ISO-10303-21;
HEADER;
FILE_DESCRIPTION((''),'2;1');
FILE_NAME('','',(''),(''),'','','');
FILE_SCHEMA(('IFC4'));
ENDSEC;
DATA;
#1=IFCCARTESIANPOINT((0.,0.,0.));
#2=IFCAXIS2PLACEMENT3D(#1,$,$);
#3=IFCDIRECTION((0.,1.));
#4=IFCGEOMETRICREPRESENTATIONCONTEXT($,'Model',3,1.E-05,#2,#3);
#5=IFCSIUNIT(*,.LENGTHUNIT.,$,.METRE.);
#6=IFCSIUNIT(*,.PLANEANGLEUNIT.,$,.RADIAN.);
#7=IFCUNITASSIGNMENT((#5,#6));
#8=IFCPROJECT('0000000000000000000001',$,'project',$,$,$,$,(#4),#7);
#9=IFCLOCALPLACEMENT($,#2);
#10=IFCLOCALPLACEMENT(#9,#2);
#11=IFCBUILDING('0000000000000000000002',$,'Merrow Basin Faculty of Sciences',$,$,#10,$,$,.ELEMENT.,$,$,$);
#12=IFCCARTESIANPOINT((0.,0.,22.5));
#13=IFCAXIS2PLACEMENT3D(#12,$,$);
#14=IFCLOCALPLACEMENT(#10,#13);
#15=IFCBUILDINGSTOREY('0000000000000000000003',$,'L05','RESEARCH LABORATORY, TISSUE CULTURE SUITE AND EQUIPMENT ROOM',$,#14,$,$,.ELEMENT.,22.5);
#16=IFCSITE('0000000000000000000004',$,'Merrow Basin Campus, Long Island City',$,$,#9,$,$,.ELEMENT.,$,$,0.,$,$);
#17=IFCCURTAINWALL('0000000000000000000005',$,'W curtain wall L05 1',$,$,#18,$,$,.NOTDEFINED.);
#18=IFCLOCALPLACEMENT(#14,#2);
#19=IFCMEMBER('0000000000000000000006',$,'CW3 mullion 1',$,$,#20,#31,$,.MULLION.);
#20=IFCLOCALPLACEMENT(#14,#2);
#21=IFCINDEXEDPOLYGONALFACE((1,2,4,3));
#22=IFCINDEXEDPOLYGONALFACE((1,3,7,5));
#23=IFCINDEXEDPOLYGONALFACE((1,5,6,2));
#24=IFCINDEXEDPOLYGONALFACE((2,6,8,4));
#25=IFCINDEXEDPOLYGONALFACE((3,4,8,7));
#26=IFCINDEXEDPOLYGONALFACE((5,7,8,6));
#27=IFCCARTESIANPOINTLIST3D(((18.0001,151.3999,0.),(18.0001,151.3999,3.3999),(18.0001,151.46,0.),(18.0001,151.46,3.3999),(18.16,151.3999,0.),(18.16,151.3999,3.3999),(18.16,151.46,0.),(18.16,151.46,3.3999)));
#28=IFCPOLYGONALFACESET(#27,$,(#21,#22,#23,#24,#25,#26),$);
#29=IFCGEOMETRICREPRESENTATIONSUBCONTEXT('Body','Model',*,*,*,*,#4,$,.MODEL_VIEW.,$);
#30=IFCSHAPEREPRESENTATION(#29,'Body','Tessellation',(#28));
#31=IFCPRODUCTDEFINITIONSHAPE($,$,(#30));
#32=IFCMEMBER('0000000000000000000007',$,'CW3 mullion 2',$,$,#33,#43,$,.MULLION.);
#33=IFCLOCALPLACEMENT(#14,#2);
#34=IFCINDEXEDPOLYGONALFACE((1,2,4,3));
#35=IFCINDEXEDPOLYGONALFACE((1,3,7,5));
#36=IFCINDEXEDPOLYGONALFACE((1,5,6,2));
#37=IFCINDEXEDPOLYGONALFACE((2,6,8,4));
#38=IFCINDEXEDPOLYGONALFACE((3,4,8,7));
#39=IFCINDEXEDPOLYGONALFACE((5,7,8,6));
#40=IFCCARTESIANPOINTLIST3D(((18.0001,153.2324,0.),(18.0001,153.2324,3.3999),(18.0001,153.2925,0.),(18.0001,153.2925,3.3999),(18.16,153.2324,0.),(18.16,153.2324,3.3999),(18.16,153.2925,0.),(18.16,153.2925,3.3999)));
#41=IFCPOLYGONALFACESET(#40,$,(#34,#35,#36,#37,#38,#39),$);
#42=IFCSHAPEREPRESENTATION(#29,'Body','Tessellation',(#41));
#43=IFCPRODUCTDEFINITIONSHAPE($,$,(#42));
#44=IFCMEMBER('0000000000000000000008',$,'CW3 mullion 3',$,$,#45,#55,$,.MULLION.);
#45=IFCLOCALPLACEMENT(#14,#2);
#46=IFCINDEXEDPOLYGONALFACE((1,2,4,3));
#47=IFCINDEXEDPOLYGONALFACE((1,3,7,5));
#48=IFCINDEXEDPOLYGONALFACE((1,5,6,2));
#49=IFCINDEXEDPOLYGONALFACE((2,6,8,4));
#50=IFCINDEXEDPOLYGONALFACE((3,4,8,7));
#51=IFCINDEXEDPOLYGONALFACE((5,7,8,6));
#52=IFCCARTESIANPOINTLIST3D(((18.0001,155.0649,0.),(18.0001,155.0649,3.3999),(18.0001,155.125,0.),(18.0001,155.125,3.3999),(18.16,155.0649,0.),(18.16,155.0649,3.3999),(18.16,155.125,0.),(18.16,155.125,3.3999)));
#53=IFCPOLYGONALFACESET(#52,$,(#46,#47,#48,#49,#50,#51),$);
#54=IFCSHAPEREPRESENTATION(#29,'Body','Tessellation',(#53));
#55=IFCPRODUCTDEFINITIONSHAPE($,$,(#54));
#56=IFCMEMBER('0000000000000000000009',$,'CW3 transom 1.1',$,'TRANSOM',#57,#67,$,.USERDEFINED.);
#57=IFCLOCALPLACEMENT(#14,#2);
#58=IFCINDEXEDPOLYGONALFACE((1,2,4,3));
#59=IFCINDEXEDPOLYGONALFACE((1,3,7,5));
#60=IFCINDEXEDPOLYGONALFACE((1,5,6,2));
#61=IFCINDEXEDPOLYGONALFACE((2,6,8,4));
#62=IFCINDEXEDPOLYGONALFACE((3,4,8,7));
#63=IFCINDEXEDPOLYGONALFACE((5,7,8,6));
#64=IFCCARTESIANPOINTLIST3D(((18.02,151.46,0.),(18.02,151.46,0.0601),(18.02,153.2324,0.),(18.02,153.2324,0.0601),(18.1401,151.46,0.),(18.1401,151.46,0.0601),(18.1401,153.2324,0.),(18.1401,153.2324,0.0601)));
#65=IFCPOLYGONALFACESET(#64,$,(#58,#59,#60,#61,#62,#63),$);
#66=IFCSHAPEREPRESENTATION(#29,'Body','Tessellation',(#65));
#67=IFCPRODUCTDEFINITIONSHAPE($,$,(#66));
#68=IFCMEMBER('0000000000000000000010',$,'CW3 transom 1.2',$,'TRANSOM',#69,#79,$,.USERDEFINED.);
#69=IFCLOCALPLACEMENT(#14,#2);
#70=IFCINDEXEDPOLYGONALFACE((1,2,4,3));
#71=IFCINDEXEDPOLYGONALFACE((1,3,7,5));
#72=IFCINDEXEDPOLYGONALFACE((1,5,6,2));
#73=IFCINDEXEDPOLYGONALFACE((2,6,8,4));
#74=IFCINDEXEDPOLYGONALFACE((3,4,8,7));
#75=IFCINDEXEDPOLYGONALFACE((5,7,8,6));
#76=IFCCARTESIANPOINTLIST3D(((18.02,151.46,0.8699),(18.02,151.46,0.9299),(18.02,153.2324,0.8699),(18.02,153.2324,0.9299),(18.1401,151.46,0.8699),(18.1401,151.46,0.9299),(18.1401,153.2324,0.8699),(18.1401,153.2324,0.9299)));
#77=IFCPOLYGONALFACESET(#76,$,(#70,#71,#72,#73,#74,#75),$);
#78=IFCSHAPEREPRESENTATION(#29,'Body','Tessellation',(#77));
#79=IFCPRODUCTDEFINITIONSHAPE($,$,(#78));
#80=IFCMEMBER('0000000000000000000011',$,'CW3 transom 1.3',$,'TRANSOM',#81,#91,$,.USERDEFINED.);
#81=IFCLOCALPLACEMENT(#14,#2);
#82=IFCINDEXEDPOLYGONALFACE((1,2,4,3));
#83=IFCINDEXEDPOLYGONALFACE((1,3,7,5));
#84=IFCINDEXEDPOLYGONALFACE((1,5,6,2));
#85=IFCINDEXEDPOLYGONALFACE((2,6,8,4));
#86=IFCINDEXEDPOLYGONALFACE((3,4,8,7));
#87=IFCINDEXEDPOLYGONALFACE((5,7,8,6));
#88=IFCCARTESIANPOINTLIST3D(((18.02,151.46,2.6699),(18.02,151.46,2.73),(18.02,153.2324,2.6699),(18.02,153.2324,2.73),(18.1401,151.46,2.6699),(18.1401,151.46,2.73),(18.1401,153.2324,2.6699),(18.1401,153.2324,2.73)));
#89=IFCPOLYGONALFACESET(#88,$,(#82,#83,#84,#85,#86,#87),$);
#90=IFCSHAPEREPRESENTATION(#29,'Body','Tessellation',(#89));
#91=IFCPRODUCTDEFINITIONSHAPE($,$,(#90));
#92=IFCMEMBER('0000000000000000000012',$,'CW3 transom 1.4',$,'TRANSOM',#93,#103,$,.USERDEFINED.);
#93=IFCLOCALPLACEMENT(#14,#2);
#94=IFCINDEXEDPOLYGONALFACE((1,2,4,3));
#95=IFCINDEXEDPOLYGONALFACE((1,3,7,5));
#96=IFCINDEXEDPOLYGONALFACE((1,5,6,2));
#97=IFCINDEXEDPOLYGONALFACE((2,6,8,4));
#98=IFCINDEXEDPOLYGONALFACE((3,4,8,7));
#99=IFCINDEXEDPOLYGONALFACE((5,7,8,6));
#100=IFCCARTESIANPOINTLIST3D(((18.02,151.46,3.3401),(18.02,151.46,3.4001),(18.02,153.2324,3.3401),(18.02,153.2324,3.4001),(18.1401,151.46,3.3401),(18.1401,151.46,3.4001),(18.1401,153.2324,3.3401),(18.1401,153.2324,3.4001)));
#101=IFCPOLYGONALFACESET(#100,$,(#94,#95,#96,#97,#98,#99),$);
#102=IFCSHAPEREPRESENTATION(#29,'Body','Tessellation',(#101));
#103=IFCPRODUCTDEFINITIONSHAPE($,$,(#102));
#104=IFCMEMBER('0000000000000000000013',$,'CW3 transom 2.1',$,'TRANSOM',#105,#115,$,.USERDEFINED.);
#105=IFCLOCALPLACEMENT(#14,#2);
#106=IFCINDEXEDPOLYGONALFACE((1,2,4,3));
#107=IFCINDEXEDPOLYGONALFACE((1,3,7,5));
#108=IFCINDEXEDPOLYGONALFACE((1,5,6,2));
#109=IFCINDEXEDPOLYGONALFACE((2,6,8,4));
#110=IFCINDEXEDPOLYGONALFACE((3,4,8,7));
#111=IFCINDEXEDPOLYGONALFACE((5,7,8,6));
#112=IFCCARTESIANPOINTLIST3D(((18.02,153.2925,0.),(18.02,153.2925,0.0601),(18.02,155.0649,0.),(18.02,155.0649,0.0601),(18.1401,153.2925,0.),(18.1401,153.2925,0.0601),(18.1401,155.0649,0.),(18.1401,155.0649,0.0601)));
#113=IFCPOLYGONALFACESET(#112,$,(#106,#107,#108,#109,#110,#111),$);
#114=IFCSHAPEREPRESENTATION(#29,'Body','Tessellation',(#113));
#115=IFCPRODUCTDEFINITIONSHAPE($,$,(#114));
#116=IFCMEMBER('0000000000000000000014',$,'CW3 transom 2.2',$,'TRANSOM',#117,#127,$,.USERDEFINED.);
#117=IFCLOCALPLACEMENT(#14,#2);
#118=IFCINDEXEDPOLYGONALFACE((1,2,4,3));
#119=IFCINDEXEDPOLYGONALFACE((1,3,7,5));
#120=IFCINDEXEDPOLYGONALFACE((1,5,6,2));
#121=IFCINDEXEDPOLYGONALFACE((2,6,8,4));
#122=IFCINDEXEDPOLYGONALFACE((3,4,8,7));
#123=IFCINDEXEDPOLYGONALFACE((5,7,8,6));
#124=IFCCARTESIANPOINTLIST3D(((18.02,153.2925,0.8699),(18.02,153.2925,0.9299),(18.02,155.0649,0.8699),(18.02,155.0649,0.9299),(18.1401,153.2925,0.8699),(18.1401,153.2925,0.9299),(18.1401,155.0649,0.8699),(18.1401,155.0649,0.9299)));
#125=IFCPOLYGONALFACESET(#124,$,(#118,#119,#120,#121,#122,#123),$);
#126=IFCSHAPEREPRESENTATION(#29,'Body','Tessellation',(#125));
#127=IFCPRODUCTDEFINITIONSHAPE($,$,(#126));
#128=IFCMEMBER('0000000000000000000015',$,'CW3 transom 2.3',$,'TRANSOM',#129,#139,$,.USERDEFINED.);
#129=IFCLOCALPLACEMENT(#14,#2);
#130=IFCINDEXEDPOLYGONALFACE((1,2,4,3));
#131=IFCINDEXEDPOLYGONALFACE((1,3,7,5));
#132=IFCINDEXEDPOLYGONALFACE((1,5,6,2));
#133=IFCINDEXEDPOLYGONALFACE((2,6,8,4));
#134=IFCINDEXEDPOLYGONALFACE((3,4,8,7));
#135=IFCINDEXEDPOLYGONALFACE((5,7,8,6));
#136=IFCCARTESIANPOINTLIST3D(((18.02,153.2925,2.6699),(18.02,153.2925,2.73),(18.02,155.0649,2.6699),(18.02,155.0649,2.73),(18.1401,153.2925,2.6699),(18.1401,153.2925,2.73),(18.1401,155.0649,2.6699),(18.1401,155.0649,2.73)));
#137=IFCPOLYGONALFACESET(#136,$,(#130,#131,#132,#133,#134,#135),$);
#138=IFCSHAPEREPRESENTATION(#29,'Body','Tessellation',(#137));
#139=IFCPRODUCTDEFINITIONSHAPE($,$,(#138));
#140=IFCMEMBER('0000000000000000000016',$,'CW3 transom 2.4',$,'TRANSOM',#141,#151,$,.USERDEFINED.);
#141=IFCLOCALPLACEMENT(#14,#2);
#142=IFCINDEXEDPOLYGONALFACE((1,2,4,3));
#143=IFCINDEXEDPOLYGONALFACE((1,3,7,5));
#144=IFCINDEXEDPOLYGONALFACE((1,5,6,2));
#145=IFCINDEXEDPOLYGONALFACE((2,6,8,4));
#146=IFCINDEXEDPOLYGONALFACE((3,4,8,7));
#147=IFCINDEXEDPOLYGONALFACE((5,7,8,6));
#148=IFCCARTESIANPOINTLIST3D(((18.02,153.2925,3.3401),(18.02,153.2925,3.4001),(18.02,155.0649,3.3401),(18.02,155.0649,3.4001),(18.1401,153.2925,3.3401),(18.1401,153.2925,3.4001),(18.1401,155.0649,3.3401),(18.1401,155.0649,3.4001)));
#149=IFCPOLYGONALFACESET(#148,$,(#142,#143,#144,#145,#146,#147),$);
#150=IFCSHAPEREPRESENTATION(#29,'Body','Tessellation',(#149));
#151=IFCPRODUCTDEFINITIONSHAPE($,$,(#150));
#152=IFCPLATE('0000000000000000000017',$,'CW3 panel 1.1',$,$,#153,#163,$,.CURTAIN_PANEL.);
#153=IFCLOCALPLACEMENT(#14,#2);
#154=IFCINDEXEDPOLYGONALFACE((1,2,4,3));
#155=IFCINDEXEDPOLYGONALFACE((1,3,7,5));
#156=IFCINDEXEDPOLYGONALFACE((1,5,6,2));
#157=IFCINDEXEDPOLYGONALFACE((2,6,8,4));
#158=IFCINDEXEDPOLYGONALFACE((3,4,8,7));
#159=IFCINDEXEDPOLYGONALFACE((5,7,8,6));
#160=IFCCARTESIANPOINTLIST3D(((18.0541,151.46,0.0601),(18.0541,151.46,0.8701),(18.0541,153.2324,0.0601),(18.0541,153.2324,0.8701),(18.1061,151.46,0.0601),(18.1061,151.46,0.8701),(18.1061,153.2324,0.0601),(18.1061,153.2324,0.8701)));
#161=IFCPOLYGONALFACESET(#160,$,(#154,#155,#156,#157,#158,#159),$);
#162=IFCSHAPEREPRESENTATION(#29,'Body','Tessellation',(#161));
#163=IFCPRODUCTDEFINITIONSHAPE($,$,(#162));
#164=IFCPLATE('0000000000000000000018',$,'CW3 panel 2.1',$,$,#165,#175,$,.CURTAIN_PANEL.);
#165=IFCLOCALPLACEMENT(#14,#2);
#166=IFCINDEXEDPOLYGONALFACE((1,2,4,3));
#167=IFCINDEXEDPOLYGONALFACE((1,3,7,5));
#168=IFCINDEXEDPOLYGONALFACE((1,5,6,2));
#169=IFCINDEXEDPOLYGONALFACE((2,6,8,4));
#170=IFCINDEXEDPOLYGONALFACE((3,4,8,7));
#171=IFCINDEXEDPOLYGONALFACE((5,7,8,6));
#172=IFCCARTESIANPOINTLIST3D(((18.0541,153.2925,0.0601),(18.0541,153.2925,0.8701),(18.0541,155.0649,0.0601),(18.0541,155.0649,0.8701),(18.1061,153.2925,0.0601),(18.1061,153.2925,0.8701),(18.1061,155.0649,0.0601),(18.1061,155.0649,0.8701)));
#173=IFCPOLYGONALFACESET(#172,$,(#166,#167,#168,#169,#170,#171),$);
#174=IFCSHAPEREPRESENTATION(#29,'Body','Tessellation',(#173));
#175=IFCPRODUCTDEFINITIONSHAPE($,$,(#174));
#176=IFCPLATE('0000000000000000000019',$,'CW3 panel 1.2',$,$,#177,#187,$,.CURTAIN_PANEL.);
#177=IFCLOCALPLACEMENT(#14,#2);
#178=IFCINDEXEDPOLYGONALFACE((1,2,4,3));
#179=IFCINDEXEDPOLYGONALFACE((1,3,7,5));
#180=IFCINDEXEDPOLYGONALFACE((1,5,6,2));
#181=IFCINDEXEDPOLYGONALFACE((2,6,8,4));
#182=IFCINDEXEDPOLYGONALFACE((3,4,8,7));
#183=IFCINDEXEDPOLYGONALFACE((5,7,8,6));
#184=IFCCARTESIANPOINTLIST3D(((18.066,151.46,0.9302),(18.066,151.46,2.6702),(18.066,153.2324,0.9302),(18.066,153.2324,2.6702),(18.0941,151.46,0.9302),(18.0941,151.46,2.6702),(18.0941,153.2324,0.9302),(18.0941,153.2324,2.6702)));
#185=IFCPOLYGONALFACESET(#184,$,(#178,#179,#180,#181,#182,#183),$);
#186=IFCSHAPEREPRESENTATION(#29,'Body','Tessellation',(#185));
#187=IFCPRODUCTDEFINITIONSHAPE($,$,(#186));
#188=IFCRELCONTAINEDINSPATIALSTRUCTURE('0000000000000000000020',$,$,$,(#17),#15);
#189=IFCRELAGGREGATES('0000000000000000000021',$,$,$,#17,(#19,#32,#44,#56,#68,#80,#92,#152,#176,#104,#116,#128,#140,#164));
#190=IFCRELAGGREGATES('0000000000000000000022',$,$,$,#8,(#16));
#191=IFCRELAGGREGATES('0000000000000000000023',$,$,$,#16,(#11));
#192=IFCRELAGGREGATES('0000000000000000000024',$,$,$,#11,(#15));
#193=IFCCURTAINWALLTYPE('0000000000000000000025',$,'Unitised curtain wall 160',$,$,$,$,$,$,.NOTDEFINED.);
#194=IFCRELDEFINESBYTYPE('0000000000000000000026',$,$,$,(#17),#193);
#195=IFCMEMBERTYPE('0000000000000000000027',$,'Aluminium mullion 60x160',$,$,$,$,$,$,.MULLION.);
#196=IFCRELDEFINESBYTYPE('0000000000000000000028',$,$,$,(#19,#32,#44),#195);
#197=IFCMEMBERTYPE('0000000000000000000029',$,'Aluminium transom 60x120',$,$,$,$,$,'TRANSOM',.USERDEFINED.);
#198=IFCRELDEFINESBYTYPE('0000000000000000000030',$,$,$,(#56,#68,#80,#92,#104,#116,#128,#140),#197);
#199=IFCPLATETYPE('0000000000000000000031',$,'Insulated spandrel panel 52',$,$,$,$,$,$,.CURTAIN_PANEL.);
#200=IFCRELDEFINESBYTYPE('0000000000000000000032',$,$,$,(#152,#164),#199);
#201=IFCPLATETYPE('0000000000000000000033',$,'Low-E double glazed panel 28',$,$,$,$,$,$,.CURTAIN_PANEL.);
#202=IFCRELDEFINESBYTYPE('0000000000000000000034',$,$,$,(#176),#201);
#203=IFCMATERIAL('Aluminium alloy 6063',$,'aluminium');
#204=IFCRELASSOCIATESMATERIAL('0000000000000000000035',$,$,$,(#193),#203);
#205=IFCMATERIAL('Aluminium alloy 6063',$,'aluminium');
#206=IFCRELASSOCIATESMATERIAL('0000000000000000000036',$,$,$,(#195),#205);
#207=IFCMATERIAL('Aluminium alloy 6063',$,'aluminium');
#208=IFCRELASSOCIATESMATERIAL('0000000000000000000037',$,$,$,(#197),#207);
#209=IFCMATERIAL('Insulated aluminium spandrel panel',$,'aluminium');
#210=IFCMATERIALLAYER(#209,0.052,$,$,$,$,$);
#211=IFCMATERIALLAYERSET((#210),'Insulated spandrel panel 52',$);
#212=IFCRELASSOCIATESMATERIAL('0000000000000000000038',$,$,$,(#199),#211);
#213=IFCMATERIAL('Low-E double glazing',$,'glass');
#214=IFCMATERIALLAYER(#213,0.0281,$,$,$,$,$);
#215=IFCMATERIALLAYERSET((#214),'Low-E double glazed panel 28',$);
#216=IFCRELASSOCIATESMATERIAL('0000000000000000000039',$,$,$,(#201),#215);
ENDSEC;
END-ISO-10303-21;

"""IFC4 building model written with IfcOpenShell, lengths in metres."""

from ifc_helpers import new_model, si_unit, direction, frame, origin, origin_2d, place, context, subcontext, project, spatial, rectangle, extrude, material, layer, layer_set, material_profile, profile_set, type_object, element, aggregate, save


model = new_model("IFC4")

# Units and contexts
model_context = context("Model", 3, precision=1e-05, world=origin(), true_north=direction((0.0, 1.0)))
body_context = subcontext(model_context, "Body", "Model", "MODEL_VIEW")
ifc_project = project(units=[si_unit("LENGTHUNIT", "METRE"), si_unit("PLANEANGLEUNIT", "RADIAN")], contexts=[model_context])

# Site, building, storey
site_placement = place(None, origin())
site = spatial("IfcSite", under=ifc_project, at=site_placement, Name="Merrow Basin Campus, Long Island City", CompositionType="ELEMENT", RefElevation=0.0)
building_placement = place(site_placement, origin())
building = spatial("IfcBuilding", under=site, at=building_placement, Name="Merrow Basin Faculty of Sciences", CompositionType="ELEMENT")
storey_placement = place(building_placement, frame((0.0, 0.0, 22.5)))
storey = spatial("IfcBuildingStorey", under=building, at=storey_placement, Name="L05", Description="RESEARCH LABORATORY, TISSUE CULTURE SUITE AND EQUIPMENT ROOM", CompositionType="ELEMENT", Elevation=22.5)

# Curtain wall, members, plates
ifc_material_1 = material(Name="Aluminium alloy 6063", Category="aluminium")
curtain_wall_type = type_object("IfcCurtainWallType", Name="Unitised curtain wall 160", PredefinedType="NOTDEFINED", material=ifc_material_1)
curtain_wall_placement = place(storey_placement, origin())
curtain_wall = element("IfcCurtainWall", 1, at=curtain_wall_placement, inside=storey, type_object=curtain_wall_type, Name="W curtain wall L05 1", PredefinedType="NOTDEFINED")
ifc_material_2 = material(Name="Aluminium alloy 6063", Category="aluminium")
ifc_material_profile_1 = material_profile(ifc_material_2, rectangle(XDim=0.1599, YDim=0.0601, at=origin_2d()))
ifc_profile_set_1 = profile_set([ifc_material_profile_1], Name="Aluminium alloy 6063")
member_type_1 = type_object("IfcMemberType", Name="Aluminium mullion 60x160", PredefinedType="MULLION", material=ifc_profile_set_1)
member_1_placement = place(storey_placement, frame((18.0801, 151.4299, 0.0), z_axis=(0.0, 0.0, 1.0), x_axis=(-1.0, 0.0, 0.0)))
member_1 = element("IfcMember", 2, at=member_1_placement, type_object=member_type_1, Name="CW3 mullion 1", PredefinedType="MULLION", context=body_context, shape_type="SweptSolid", body=[
    extrude(rectangle(XDim=0.1599, YDim=0.0601, at=origin_2d()), origin(), (0.0, 0.0, 1.0), 3.3999),
])
member_2_placement = place(storey_placement, frame((18.0801, 153.2625, 0.0), z_axis=(0.0, 0.0, 1.0), x_axis=(-1.0, 0.0, 0.0)))
member_2 = element("IfcMember", 3, at=member_2_placement, type_object=member_type_1, Name="CW3 mullion 2", PredefinedType="MULLION", context=body_context, shape_type="SweptSolid", body=[
    extrude(rectangle(XDim=0.1599, YDim=0.0601, at=origin_2d()), origin(), (0.0, 0.0, 1.0), 3.3999),
])
member_3_placement = place(storey_placement, frame((18.0801, 155.095, 0.0), z_axis=(0.0, 0.0, 1.0), x_axis=(-1.0, 0.0, 0.0)))
member_3 = element("IfcMember", 4, at=member_3_placement, type_object=member_type_1, Name="CW3 mullion 3", PredefinedType="MULLION", context=body_context, shape_type="SweptSolid", body=[
    extrude(rectangle(XDim=0.1599, YDim=0.0601, at=origin_2d()), origin(), (0.0, 0.0, 1.0), 3.3999),
])
ifc_material_3 = material(Name="Aluminium alloy 6063", Category="aluminium")
ifc_material_profile_2 = material_profile(ifc_material_3, rectangle(XDim=0.1201, YDim=0.0601, at=origin_2d()))
ifc_profile_set_2 = profile_set([ifc_material_profile_2], Name="Aluminium alloy 6063")
member_type_2 = type_object("IfcMemberType", Name="Aluminium transom 60x120", ElementType="TRANSOM", PredefinedType="USERDEFINED", material=ifc_profile_set_2)
member_4_placement = place(storey_placement, frame((18.0801, 151.46, 0.03), z_axis=(0.0, 1.0, 0.0), x_axis=(-1.0, 0.0, 0.0)))
member_4 = element("IfcMember", 5, at=member_4_placement, type_object=member_type_2, Name="CW3 transom 1.1", ObjectType="TRANSOM", PredefinedType="USERDEFINED", context=body_context, shape_type="SweptSolid", body=[
    extrude(rectangle(XDim=0.1201, YDim=0.0601, at=origin_2d()), origin(), (0.0, 0.0, 1.0), 1.7725),
])
member_5_placement = place(storey_placement, frame((18.0801, 151.46, 0.8999), z_axis=(0.0, 1.0, 0.0), x_axis=(-1.0, 0.0, 0.0)))
member_5 = element("IfcMember", 6, at=member_5_placement, type_object=member_type_2, Name="CW3 transom 1.2", ObjectType="TRANSOM", PredefinedType="USERDEFINED", context=body_context, shape_type="SweptSolid", body=[
    extrude(rectangle(XDim=0.1201, YDim=0.0601, at=origin_2d()), origin(), (0.0, 0.0, 1.0), 1.7725),
])
member_6_placement = place(storey_placement, frame((18.0801, 151.46, 2.7), z_axis=(0.0, 1.0, 0.0), x_axis=(-1.0, 0.0, 0.0)))
member_6 = element("IfcMember", 7, at=member_6_placement, type_object=member_type_2, Name="CW3 transom 1.3", ObjectType="TRANSOM", PredefinedType="USERDEFINED", context=body_context, shape_type="SweptSolid", body=[
    extrude(rectangle(XDim=0.1201, YDim=0.0601, at=origin_2d()), origin(), (0.0, 0.0, 1.0), 1.7725),
])
member_7_placement = place(storey_placement, frame((18.0801, 151.46, 3.3701), z_axis=(0.0, 1.0, 0.0), x_axis=(-1.0, 0.0, 0.0)))
member_7 = element("IfcMember", 8, at=member_7_placement, type_object=member_type_2, Name="CW3 transom 1.4", ObjectType="TRANSOM", PredefinedType="USERDEFINED", context=body_context, shape_type="SweptSolid", body=[
    extrude(rectangle(XDim=0.1201, YDim=0.0601, at=origin_2d()), origin(), (0.0, 0.0, 1.0), 1.7725),
])
member_8_placement = place(storey_placement, frame((18.0801, 153.2925, 0.03), z_axis=(0.0, 1.0, 0.0), x_axis=(-1.0, 0.0, 0.0)))
member_8 = element("IfcMember", 9, at=member_8_placement, type_object=member_type_2, Name="CW3 transom 2.1", ObjectType="TRANSOM", PredefinedType="USERDEFINED", context=body_context, shape_type="SweptSolid", body=[
    extrude(rectangle(XDim=0.1201, YDim=0.0601, at=origin_2d()), origin(), (0.0, 0.0, 1.0), 1.7725),
])
member_9_placement = place(storey_placement, frame((18.0801, 153.2925, 0.8999), z_axis=(0.0, 1.0, 0.0), x_axis=(-1.0, 0.0, 0.0)))
member_9 = element("IfcMember", 10, at=member_9_placement, type_object=member_type_2, Name="CW3 transom 2.2", ObjectType="TRANSOM", PredefinedType="USERDEFINED", context=body_context, shape_type="SweptSolid", body=[
    extrude(rectangle(XDim=0.1201, YDim=0.0601, at=origin_2d()), origin(), (0.0, 0.0, 1.0), 1.7725),
])
member_10_placement = place(storey_placement, frame((18.0801, 153.2925, 2.7), z_axis=(0.0, 1.0, 0.0), x_axis=(-1.0, 0.0, 0.0)))
member_10 = element("IfcMember", 11, at=member_10_placement, type_object=member_type_2, Name="CW3 transom 2.3", ObjectType="TRANSOM", PredefinedType="USERDEFINED", context=body_context, shape_type="SweptSolid", body=[
    extrude(rectangle(XDim=0.1201, YDim=0.0601, at=origin_2d()), origin(), (0.0, 0.0, 1.0), 1.7725),
])
member_11_placement = place(storey_placement, frame((18.0801, 153.2925, 3.3701), z_axis=(0.0, 1.0, 0.0), x_axis=(-1.0, 0.0, 0.0)))
member_11 = element("IfcMember", 12, at=member_11_placement, type_object=member_type_2, Name="CW3 transom 2.4", ObjectType="TRANSOM", PredefinedType="USERDEFINED", context=body_context, shape_type="SweptSolid", body=[
    extrude(rectangle(XDim=0.1201, YDim=0.0601, at=origin_2d()), origin(), (0.0, 0.0, 1.0), 1.7725),
])
ifc_material_4 = material(Name="Insulated aluminium spandrel panel", Category="aluminium")
ifc_layer_1 = layer(ifc_material_4, 0.052)
ifc_layer_set_1 = layer_set([ifc_layer_1], Name="Insulated spandrel panel 52")
plate_type_1 = type_object("IfcPlateType", Name="Insulated spandrel panel 52", PredefinedType="CURTAIN_PANEL", material=ifc_layer_set_1)
plate_1_placement = place(storey_placement, frame((18.0801, 152.3462, 0.0601), z_axis=(0.0, 0.0, 1.0), x_axis=(0.0, 1.0, 0.0)))
plate_1 = element("IfcPlate", 13, at=plate_1_placement, type_object=plate_type_1, Name="CW3 panel 1.1", PredefinedType="CURTAIN_PANEL", context=body_context, shape_type="SweptSolid", body=[
    extrude(rectangle(XDim=1.7725, YDim=0.052, at=origin_2d()), origin(), (0.0, 0.0, 1.0), 0.8101),
])
plate_2_placement = place(storey_placement, frame((18.0801, 154.1787, 0.0601), z_axis=(0.0, 0.0, 1.0), x_axis=(0.0, 1.0, 0.0)))
plate_2 = element("IfcPlate", 14, at=plate_2_placement, type_object=plate_type_1, Name="CW3 panel 2.1", PredefinedType="CURTAIN_PANEL", context=body_context, shape_type="SweptSolid", body=[
    extrude(rectangle(XDim=1.7725, YDim=0.052, at=origin_2d()), origin(), (0.0, 0.0, 1.0), 0.8101),
])
ifc_material_5 = material(Name="Low-E double glazing", Category="glass")
ifc_layer_2 = layer(ifc_material_5, 0.0281)
ifc_layer_set_2 = layer_set([ifc_layer_2], Name="Low-E double glazed panel 28")
plate_type_2 = type_object("IfcPlateType", Name="Low-E double glazed panel 28", PredefinedType="CURTAIN_PANEL", material=ifc_layer_set_2)
plate_3_placement = place(storey_placement, frame((18.0801, 152.3462, 0.9302), z_axis=(0.0, 0.0, 1.0), x_axis=(0.0, 1.0, 0.0)))
plate_3 = element("IfcPlate", 15, at=plate_3_placement, type_object=plate_type_2, Name="CW3 panel 1.2", PredefinedType="CURTAIN_PANEL", context=body_context, shape_type="SweptSolid", body=[
    extrude(rectangle(XDim=1.7725, YDim=0.0281, at=origin_2d()), origin(), (0.0, 0.0, 1.0), 1.74),
])
aggregate(curtain_wall, [member_1, member_2, member_3, member_4, member_5, member_6, member_7, plate_1, plate_3, member_8, member_9, member_10, member_11, plate_2])

save(model, "model.ifc")
